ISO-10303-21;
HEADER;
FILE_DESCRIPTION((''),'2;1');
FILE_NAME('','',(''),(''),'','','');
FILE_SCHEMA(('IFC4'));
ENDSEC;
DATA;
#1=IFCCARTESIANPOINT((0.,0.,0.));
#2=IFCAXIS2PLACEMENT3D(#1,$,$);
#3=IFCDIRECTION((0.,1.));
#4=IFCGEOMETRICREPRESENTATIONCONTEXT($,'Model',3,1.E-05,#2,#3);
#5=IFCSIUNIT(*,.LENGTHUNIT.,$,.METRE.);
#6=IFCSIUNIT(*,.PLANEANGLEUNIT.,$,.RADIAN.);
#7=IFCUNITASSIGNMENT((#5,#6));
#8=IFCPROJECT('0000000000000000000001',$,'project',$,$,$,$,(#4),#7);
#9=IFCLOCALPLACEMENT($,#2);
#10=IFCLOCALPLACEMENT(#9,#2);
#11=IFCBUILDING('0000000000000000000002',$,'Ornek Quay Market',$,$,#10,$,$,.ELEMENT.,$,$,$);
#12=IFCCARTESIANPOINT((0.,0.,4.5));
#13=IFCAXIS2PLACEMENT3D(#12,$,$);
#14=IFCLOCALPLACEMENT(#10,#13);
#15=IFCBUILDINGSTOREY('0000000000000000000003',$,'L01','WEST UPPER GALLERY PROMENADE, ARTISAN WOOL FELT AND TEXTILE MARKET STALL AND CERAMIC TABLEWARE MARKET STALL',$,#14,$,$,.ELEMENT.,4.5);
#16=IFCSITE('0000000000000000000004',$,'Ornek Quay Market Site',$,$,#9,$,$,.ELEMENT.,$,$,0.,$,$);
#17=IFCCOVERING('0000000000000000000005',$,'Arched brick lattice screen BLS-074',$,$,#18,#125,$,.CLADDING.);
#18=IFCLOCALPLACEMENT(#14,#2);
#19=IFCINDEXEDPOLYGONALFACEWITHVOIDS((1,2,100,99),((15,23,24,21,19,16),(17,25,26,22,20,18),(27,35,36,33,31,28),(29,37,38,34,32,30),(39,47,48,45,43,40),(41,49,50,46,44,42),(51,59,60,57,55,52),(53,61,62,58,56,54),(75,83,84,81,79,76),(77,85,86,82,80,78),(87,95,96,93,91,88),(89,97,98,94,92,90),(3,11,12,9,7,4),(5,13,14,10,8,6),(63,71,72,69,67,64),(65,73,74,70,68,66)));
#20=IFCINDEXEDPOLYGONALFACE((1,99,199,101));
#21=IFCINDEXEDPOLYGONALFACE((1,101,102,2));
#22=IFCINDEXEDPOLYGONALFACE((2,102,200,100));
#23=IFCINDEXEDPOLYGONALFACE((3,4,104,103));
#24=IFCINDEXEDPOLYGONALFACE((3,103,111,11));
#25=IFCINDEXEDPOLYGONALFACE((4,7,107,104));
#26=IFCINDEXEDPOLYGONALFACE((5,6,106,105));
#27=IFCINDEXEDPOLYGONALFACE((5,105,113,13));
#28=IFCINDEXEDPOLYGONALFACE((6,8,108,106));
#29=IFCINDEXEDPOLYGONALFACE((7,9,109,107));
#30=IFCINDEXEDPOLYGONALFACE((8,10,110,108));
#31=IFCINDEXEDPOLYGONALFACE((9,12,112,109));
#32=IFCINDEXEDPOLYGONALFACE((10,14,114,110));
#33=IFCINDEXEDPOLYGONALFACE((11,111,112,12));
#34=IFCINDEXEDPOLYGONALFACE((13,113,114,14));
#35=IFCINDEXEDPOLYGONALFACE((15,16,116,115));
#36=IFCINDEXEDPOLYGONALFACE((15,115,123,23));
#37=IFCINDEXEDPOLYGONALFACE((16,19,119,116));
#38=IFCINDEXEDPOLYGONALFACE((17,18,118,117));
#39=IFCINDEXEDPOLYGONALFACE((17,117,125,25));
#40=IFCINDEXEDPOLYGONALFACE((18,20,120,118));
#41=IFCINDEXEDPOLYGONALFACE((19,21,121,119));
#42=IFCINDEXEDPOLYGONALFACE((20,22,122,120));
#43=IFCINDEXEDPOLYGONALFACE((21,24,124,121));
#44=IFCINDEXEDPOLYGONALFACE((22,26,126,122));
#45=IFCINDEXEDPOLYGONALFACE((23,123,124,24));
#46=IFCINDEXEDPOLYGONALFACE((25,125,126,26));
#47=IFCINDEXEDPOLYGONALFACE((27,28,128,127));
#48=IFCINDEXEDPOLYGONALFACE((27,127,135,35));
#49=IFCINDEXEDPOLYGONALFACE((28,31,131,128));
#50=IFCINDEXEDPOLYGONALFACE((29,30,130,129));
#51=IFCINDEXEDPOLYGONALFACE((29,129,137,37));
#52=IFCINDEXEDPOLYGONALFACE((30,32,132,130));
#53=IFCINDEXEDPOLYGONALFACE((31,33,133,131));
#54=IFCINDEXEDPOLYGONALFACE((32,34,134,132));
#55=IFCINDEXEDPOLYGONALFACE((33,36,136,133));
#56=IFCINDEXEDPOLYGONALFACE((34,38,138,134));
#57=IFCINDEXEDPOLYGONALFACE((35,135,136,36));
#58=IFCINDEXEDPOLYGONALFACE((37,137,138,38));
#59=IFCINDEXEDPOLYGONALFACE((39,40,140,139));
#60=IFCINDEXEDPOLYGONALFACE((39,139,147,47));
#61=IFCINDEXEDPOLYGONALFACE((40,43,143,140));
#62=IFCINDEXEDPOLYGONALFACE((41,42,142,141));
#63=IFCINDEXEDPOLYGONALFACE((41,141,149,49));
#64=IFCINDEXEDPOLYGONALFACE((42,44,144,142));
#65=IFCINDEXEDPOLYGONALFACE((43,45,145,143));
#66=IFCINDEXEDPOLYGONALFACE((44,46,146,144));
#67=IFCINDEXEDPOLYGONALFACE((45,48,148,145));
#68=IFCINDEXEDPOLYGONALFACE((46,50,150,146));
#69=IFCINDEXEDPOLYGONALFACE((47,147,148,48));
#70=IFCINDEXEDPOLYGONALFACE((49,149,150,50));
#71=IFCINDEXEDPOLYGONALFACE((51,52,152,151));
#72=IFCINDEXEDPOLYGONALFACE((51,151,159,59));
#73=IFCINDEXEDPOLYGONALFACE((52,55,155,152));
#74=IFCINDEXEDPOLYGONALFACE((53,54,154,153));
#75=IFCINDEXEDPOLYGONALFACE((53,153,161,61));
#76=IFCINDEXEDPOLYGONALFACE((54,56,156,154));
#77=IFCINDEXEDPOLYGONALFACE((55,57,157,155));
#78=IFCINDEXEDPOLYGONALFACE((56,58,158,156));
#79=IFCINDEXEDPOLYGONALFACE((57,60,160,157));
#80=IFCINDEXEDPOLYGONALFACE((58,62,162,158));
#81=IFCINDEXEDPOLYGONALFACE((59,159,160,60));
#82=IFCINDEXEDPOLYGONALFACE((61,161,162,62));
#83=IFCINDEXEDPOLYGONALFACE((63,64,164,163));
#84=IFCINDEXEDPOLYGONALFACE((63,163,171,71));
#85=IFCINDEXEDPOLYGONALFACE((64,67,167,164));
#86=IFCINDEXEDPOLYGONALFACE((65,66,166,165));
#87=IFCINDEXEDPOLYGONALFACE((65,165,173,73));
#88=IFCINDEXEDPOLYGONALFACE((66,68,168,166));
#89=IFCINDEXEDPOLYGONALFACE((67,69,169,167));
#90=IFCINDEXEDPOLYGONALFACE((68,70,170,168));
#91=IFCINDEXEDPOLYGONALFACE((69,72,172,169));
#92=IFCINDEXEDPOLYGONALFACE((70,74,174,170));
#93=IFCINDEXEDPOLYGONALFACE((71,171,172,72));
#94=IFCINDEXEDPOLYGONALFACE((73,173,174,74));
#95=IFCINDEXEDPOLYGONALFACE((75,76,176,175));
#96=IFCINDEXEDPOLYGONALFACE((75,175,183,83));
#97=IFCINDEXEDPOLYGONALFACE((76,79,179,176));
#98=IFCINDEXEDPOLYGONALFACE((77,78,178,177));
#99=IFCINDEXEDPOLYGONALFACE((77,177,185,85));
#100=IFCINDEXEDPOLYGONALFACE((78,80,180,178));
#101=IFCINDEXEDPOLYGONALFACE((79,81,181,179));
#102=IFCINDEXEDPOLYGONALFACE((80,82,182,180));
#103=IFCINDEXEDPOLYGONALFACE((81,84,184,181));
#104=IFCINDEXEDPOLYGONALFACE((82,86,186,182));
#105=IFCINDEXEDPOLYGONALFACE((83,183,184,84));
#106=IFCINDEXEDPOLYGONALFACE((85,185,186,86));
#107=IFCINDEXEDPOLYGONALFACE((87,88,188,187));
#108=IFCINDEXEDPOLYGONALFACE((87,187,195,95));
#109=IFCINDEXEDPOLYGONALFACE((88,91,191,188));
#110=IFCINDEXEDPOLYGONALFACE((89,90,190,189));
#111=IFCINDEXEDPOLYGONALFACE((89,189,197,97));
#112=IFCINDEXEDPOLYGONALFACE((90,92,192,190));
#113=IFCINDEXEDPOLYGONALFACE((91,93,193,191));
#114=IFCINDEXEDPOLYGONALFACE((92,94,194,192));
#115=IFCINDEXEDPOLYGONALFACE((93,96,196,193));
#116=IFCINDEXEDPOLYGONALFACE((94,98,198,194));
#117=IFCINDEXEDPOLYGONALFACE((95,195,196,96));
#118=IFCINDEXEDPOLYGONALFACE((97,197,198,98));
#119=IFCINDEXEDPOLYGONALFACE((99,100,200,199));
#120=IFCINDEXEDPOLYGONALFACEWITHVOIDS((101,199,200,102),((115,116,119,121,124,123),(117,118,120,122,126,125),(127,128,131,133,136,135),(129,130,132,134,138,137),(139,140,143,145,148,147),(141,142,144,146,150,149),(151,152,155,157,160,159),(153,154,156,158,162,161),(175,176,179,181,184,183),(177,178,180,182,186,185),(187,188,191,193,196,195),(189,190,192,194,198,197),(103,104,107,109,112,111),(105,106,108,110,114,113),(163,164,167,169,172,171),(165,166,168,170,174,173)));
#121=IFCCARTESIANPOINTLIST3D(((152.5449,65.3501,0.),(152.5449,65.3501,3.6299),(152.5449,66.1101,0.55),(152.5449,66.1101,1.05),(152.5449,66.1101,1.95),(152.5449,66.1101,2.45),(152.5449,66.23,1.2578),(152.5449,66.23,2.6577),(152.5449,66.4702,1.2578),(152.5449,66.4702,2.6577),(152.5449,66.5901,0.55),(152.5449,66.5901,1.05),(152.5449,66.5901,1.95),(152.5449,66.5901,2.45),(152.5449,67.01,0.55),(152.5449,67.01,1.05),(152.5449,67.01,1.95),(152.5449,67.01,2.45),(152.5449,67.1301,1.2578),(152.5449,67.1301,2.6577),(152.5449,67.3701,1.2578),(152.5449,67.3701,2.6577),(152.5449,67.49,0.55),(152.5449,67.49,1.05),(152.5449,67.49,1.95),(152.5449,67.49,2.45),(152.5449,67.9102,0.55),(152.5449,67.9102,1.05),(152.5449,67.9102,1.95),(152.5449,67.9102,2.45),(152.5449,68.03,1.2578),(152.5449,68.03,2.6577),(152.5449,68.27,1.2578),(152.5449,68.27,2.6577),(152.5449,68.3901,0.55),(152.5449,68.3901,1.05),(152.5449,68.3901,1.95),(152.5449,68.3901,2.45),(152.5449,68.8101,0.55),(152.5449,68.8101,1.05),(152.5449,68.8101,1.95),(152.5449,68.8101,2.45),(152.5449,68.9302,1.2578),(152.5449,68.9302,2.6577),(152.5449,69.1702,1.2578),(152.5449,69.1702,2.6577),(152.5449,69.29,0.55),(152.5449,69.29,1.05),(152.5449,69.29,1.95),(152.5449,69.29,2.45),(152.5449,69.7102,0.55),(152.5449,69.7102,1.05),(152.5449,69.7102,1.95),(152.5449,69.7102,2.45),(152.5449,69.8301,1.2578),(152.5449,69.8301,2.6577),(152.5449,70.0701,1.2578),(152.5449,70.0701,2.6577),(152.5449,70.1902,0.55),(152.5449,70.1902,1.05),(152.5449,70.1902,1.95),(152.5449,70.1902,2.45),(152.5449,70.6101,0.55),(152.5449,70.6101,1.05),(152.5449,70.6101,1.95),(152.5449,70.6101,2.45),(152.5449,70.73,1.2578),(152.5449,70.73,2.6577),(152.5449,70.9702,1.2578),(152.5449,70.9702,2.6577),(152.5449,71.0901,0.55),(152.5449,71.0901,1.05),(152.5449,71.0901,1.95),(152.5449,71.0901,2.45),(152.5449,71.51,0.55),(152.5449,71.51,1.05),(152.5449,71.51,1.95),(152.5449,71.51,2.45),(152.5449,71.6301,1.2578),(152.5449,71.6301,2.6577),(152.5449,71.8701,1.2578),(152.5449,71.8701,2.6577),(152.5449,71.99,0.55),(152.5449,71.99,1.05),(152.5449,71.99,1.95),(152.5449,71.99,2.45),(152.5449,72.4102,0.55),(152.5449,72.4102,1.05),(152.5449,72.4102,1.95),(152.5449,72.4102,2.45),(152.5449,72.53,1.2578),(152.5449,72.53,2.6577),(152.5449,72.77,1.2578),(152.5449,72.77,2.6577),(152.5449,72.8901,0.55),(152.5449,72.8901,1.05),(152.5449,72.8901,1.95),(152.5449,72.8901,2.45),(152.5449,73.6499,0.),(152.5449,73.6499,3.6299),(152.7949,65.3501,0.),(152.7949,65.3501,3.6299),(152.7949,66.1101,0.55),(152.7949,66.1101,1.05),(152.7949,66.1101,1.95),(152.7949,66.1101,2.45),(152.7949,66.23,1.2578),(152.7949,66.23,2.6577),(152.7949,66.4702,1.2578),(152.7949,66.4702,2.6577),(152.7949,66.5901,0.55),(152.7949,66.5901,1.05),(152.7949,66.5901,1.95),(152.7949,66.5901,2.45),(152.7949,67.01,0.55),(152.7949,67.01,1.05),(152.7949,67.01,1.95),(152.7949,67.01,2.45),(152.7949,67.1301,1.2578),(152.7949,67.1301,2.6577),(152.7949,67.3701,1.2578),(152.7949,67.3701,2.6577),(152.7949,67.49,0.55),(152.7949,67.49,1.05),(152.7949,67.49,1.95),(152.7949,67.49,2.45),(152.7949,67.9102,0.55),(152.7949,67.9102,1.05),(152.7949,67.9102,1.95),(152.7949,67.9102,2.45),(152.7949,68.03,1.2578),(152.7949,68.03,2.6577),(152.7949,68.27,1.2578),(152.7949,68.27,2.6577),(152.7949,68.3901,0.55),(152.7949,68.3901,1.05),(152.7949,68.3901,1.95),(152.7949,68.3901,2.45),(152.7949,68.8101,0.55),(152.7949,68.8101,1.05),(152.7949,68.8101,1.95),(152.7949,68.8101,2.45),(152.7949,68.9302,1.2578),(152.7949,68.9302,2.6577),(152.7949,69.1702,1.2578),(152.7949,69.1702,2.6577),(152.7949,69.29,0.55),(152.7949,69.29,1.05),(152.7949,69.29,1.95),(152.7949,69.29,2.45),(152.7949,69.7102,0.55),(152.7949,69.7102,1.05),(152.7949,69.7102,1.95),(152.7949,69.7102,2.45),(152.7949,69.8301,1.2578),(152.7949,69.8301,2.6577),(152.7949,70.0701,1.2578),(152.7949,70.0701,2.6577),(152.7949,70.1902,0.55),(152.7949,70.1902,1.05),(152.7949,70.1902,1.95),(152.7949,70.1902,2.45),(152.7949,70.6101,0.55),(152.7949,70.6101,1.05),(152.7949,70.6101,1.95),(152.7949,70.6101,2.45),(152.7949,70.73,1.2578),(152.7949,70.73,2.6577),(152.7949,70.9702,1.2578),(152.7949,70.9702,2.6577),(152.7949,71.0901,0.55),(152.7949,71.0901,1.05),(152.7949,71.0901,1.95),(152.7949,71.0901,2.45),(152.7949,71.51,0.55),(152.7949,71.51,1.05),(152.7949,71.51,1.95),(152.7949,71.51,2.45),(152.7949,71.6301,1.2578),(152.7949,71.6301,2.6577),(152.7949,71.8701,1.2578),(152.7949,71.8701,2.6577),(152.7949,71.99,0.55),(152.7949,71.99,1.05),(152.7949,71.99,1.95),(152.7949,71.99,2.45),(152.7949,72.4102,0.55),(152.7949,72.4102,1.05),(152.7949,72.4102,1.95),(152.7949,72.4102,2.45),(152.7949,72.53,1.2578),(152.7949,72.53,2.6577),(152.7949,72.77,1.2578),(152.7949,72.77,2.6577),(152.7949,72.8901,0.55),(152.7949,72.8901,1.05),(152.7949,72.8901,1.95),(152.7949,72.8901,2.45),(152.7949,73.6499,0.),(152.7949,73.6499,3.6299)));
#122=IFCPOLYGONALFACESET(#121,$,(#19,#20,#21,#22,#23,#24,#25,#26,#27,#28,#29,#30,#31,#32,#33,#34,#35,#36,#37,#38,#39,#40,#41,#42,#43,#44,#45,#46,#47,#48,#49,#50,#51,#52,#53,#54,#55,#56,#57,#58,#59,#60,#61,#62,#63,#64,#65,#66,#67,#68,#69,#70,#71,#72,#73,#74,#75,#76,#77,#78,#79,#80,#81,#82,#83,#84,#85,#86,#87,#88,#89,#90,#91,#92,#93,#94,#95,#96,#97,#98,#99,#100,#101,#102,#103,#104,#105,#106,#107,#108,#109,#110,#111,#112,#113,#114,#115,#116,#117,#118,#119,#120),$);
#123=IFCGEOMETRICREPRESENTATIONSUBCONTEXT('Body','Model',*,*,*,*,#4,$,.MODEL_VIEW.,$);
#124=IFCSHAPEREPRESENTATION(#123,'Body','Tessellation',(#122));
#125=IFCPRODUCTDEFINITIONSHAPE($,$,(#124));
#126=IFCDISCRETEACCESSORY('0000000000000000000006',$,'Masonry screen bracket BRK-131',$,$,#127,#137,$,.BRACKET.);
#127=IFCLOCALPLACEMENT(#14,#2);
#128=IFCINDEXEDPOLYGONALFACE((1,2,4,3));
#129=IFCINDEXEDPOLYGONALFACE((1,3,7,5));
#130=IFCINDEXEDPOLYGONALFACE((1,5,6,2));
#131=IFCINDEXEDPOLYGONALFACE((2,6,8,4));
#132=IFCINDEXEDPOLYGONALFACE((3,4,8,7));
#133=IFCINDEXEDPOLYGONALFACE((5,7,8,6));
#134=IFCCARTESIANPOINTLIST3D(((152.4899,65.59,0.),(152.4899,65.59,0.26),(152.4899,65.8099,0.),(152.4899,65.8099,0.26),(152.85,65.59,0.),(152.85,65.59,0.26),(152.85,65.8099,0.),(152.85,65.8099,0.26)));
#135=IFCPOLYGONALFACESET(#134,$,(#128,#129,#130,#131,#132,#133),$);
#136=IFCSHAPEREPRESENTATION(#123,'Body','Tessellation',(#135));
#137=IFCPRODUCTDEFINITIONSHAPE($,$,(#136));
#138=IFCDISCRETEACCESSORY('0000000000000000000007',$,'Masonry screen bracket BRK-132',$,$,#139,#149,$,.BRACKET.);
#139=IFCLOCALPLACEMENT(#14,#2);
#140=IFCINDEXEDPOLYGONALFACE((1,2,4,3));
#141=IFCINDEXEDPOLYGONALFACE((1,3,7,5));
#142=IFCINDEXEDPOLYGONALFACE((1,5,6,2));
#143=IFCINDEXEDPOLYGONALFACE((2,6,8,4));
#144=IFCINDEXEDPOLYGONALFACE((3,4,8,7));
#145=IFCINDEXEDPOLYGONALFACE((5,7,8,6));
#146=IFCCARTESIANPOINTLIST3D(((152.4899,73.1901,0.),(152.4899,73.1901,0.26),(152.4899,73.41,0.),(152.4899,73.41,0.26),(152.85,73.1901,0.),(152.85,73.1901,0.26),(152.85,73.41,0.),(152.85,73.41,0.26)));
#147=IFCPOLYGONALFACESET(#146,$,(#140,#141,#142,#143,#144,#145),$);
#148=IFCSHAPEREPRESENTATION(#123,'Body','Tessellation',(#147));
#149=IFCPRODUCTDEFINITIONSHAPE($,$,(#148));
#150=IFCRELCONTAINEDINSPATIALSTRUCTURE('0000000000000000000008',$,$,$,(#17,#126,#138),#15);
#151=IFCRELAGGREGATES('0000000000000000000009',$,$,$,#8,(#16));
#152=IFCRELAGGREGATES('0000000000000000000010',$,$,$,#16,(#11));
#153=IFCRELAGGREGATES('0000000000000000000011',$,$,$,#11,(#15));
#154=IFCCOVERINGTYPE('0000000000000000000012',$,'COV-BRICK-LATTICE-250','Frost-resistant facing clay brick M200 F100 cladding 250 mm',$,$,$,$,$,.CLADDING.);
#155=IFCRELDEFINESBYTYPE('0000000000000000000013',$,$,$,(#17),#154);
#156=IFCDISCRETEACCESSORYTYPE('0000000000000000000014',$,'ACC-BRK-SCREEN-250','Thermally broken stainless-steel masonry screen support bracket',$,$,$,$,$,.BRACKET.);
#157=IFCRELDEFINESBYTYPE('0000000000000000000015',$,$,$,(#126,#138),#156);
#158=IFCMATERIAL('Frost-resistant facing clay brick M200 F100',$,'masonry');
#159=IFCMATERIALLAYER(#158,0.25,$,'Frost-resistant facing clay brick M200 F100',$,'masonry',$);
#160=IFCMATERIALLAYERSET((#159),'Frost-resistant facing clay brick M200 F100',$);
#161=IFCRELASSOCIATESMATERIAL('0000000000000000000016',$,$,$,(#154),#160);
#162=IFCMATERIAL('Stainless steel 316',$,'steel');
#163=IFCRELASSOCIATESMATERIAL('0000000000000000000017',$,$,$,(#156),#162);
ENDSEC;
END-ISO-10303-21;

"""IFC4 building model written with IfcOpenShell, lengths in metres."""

from ifc_helpers import new_model, si_unit, direction, frame, origin, origin_2d, place, context, subcontext, project, spatial, polyline, rectangle, outline, extrude, material, layer, layer_set, type_object, element, save


model = new_model("IFC4")

# Units and contexts
model_context = context("Model", 3, precision=1e-05, world=origin(), true_north=direction((0.0, 1.0)))
body_context = subcontext(model_context, "Body", "Model", "MODEL_VIEW")
ifc_project = project(units=[si_unit("LENGTHUNIT", "METRE"), si_unit("PLANEANGLEUNIT", "RADIAN")], contexts=[model_context])

# Site, building, storey
site_placement = place(None, origin())
site = spatial("IfcSite", under=ifc_project, at=site_placement, Name="Ornek Quay Market Site", CompositionType="ELEMENT", RefElevation=0.0)
building_placement = place(site_placement, origin())
building = spatial("IfcBuilding", under=site, at=building_placement, Name="Ornek Quay Market", CompositionType="ELEMENT")
storey_placement = place(building_placement, frame((0.0, 0.0, 4.5)))
storey = spatial("IfcBuildingStorey", under=building, at=storey_placement, Name="L01", Description="WEST UPPER GALLERY PROMENADE, ARTISAN WOOL FELT AND TEXTILE MARKET STALL AND CERAMIC TABLEWARE MARKET STALL", CompositionType="ELEMENT", Elevation=4.5)

# Shared definitions
ifc_material_1 = material(Name="Frost-resistant facing clay brick M200 F100", Category="masonry")

# Covering
ifc_layer_1 = layer(ifc_material_1, 0.25, Name="Frost-resistant facing clay brick M200 F100", Category="masonry")
ifc_layer_set_1 = layer_set([ifc_layer_1], Name="Frost-resistant facing clay brick M200 F100")
covering_type = type_object("IfcCoveringType", Name="COV-BRICK-LATTICE-250", Description="Frost-resistant facing clay brick M200 F100 cladding 250 mm", PredefinedType="CLADDING", material=ifc_layer_set_1)
covering_placement = place(storey_placement, frame((152.6699, 65.3501, 0.0), z_axis=(0.0, 0.0, 1.0), x_axis=(0.0, 1.0, 0.0)))
element("IfcCovering", 1, at=covering_placement, inside=storey, type_object=covering_type, Name="Arched brick lattice screen BLS-074", PredefinedType="CLADDING", context=body_context, shape_type="SweptSolid", body=[
    extrude(outline(polyline([(0.0, 0.0), (8.2998, 0.0), (8.2998, 3.6299), (0.0, 3.6299), (0.0, 0.0)]), holes=[polyline([(0.76, 0.55), (1.24, 0.55), (1.24, 1.05), (1.1201, 1.2578), (0.8799, 1.2578), (0.76, 1.05), (0.76, 0.55)]), polyline([(0.76, 1.95), (1.24, 1.95), (1.24, 2.45), (1.1201, 2.6577), (0.8799, 2.6577), (0.76, 2.45), (0.76, 1.95)]), polyline([(1.6599, 0.55), (2.1399, 0.55), (2.1399, 1.05), (2.02, 1.2578), (1.78, 1.2578), (1.6599, 1.05), (1.6599, 0.55)]), polyline([(1.6599, 1.95), (2.1399, 1.95), (2.1399, 2.45), (2.02, 2.6577), (1.78, 2.6577), (1.6599, 2.45), (1.6599, 1.95)]), polyline([(2.5601, 0.55), (3.04, 0.55), (3.04, 1.05), (2.9199, 1.2578), (2.6799, 1.2578), (2.5601, 1.05), (2.5601, 0.55)]), polyline([(2.5601, 1.95), (3.04, 1.95), (3.04, 2.45), (2.9199, 2.6577), (2.6799, 2.6577), (2.5601, 2.45), (2.5601, 1.95)]), polyline([(3.46, 0.55), (3.9399, 0.55), (3.9399, 1.05), (3.8201, 1.2578), (3.5801, 1.2578), (3.46, 1.05), (3.46, 0.55)]), polyline([(3.46, 1.95), (3.9399, 1.95), (3.9399, 2.45), (3.8201, 2.6577), (3.5801, 2.6577), (3.46, 2.45), (3.46, 1.95)]), polyline([(4.3601, 0.55), (4.8401, 0.55), (4.8401, 1.05), (4.72, 1.2578), (4.48, 1.2578), (4.3601, 1.05), (4.3601, 0.55)]), polyline([(4.3601, 1.95), (4.8401, 1.95), (4.8401, 2.45), (4.72, 2.6577), (4.48, 2.6577), (4.3601, 2.45), (4.3601, 1.95)]), polyline([(5.26, 0.55), (5.74, 0.55), (5.74, 1.05), (5.6201, 1.2578), (5.3799, 1.2578), (5.26, 1.05), (5.26, 0.55)]), polyline([(5.26, 1.95), (5.74, 1.95), (5.74, 2.45), (5.6201, 2.6577), (5.3799, 2.6577), (5.26, 2.45), (5.26, 1.95)]), polyline([(6.1599, 0.55), (6.6399, 0.55), (6.6399, 1.05), (6.52, 1.2578), (6.28, 1.2578), (6.1599, 1.05), (6.1599, 0.55)]), polyline([(6.1599, 1.95), (6.6399, 1.95), (6.6399, 2.45), (6.52, 2.6577), (6.28, 2.6577), (6.1599, 2.45), (6.1599, 1.95)]), polyline([(7.0601, 0.55), (7.54, 0.55), (7.54, 1.05), (7.4199, 1.2578), (7.1799, 1.2578), (7.0601, 1.05), (7.0601, 0.55)]), polyline([(7.0601, 1.95), (7.54, 1.95), (7.54, 2.45), (7.4199, 2.6577), (7.1799, 2.6577), (7.0601, 2.45), (7.0601, 1.95)])]), frame((0.0, 0.125, 0.0), z_axis=(0.0, -1.0, 0.0), x_axis=(1.0, 0.0, 0.0)), (0.0, 0.0, 1.0), 0.25),
])

# Discrete accessories
ifc_material_2 = material(Name="Stainless steel 316", Category="steel")
discrete_accessory_type = type_object("IfcDiscreteAccessoryType", Name="ACC-BRK-SCREEN-250", Description="Thermally broken stainless-steel masonry screen support bracket", PredefinedType="BRACKET", material=ifc_material_2)
for number, where, z_axis, x_axis, name in (
    (2, (152.6699, 65.7, 0.0), (0.0, 0.0, 1.0), (0.0, 1.0, 0.0), "Masonry screen bracket BRK-131"),
    (3, (152.6699, 73.3, 0.0), (0.0, 0.0, 1.0), (0.0, 1.0, 0.0), "Masonry screen bracket BRK-132"),
):
    element("IfcDiscreteAccessory", number, at=place(storey_placement, frame(where, z_axis=z_axis, x_axis=x_axis)), inside=storey, type_object=discrete_accessory_type, Name=name, PredefinedType="BRACKET", context=body_context, shape_type="SweptSolid", body=[
        extrude(rectangle(XDim=0.22, YDim=0.3601, at=origin_2d()), origin(), (0.0, 0.0, 1.0), 0.26),
    ])

save(model, "model.ifc")
